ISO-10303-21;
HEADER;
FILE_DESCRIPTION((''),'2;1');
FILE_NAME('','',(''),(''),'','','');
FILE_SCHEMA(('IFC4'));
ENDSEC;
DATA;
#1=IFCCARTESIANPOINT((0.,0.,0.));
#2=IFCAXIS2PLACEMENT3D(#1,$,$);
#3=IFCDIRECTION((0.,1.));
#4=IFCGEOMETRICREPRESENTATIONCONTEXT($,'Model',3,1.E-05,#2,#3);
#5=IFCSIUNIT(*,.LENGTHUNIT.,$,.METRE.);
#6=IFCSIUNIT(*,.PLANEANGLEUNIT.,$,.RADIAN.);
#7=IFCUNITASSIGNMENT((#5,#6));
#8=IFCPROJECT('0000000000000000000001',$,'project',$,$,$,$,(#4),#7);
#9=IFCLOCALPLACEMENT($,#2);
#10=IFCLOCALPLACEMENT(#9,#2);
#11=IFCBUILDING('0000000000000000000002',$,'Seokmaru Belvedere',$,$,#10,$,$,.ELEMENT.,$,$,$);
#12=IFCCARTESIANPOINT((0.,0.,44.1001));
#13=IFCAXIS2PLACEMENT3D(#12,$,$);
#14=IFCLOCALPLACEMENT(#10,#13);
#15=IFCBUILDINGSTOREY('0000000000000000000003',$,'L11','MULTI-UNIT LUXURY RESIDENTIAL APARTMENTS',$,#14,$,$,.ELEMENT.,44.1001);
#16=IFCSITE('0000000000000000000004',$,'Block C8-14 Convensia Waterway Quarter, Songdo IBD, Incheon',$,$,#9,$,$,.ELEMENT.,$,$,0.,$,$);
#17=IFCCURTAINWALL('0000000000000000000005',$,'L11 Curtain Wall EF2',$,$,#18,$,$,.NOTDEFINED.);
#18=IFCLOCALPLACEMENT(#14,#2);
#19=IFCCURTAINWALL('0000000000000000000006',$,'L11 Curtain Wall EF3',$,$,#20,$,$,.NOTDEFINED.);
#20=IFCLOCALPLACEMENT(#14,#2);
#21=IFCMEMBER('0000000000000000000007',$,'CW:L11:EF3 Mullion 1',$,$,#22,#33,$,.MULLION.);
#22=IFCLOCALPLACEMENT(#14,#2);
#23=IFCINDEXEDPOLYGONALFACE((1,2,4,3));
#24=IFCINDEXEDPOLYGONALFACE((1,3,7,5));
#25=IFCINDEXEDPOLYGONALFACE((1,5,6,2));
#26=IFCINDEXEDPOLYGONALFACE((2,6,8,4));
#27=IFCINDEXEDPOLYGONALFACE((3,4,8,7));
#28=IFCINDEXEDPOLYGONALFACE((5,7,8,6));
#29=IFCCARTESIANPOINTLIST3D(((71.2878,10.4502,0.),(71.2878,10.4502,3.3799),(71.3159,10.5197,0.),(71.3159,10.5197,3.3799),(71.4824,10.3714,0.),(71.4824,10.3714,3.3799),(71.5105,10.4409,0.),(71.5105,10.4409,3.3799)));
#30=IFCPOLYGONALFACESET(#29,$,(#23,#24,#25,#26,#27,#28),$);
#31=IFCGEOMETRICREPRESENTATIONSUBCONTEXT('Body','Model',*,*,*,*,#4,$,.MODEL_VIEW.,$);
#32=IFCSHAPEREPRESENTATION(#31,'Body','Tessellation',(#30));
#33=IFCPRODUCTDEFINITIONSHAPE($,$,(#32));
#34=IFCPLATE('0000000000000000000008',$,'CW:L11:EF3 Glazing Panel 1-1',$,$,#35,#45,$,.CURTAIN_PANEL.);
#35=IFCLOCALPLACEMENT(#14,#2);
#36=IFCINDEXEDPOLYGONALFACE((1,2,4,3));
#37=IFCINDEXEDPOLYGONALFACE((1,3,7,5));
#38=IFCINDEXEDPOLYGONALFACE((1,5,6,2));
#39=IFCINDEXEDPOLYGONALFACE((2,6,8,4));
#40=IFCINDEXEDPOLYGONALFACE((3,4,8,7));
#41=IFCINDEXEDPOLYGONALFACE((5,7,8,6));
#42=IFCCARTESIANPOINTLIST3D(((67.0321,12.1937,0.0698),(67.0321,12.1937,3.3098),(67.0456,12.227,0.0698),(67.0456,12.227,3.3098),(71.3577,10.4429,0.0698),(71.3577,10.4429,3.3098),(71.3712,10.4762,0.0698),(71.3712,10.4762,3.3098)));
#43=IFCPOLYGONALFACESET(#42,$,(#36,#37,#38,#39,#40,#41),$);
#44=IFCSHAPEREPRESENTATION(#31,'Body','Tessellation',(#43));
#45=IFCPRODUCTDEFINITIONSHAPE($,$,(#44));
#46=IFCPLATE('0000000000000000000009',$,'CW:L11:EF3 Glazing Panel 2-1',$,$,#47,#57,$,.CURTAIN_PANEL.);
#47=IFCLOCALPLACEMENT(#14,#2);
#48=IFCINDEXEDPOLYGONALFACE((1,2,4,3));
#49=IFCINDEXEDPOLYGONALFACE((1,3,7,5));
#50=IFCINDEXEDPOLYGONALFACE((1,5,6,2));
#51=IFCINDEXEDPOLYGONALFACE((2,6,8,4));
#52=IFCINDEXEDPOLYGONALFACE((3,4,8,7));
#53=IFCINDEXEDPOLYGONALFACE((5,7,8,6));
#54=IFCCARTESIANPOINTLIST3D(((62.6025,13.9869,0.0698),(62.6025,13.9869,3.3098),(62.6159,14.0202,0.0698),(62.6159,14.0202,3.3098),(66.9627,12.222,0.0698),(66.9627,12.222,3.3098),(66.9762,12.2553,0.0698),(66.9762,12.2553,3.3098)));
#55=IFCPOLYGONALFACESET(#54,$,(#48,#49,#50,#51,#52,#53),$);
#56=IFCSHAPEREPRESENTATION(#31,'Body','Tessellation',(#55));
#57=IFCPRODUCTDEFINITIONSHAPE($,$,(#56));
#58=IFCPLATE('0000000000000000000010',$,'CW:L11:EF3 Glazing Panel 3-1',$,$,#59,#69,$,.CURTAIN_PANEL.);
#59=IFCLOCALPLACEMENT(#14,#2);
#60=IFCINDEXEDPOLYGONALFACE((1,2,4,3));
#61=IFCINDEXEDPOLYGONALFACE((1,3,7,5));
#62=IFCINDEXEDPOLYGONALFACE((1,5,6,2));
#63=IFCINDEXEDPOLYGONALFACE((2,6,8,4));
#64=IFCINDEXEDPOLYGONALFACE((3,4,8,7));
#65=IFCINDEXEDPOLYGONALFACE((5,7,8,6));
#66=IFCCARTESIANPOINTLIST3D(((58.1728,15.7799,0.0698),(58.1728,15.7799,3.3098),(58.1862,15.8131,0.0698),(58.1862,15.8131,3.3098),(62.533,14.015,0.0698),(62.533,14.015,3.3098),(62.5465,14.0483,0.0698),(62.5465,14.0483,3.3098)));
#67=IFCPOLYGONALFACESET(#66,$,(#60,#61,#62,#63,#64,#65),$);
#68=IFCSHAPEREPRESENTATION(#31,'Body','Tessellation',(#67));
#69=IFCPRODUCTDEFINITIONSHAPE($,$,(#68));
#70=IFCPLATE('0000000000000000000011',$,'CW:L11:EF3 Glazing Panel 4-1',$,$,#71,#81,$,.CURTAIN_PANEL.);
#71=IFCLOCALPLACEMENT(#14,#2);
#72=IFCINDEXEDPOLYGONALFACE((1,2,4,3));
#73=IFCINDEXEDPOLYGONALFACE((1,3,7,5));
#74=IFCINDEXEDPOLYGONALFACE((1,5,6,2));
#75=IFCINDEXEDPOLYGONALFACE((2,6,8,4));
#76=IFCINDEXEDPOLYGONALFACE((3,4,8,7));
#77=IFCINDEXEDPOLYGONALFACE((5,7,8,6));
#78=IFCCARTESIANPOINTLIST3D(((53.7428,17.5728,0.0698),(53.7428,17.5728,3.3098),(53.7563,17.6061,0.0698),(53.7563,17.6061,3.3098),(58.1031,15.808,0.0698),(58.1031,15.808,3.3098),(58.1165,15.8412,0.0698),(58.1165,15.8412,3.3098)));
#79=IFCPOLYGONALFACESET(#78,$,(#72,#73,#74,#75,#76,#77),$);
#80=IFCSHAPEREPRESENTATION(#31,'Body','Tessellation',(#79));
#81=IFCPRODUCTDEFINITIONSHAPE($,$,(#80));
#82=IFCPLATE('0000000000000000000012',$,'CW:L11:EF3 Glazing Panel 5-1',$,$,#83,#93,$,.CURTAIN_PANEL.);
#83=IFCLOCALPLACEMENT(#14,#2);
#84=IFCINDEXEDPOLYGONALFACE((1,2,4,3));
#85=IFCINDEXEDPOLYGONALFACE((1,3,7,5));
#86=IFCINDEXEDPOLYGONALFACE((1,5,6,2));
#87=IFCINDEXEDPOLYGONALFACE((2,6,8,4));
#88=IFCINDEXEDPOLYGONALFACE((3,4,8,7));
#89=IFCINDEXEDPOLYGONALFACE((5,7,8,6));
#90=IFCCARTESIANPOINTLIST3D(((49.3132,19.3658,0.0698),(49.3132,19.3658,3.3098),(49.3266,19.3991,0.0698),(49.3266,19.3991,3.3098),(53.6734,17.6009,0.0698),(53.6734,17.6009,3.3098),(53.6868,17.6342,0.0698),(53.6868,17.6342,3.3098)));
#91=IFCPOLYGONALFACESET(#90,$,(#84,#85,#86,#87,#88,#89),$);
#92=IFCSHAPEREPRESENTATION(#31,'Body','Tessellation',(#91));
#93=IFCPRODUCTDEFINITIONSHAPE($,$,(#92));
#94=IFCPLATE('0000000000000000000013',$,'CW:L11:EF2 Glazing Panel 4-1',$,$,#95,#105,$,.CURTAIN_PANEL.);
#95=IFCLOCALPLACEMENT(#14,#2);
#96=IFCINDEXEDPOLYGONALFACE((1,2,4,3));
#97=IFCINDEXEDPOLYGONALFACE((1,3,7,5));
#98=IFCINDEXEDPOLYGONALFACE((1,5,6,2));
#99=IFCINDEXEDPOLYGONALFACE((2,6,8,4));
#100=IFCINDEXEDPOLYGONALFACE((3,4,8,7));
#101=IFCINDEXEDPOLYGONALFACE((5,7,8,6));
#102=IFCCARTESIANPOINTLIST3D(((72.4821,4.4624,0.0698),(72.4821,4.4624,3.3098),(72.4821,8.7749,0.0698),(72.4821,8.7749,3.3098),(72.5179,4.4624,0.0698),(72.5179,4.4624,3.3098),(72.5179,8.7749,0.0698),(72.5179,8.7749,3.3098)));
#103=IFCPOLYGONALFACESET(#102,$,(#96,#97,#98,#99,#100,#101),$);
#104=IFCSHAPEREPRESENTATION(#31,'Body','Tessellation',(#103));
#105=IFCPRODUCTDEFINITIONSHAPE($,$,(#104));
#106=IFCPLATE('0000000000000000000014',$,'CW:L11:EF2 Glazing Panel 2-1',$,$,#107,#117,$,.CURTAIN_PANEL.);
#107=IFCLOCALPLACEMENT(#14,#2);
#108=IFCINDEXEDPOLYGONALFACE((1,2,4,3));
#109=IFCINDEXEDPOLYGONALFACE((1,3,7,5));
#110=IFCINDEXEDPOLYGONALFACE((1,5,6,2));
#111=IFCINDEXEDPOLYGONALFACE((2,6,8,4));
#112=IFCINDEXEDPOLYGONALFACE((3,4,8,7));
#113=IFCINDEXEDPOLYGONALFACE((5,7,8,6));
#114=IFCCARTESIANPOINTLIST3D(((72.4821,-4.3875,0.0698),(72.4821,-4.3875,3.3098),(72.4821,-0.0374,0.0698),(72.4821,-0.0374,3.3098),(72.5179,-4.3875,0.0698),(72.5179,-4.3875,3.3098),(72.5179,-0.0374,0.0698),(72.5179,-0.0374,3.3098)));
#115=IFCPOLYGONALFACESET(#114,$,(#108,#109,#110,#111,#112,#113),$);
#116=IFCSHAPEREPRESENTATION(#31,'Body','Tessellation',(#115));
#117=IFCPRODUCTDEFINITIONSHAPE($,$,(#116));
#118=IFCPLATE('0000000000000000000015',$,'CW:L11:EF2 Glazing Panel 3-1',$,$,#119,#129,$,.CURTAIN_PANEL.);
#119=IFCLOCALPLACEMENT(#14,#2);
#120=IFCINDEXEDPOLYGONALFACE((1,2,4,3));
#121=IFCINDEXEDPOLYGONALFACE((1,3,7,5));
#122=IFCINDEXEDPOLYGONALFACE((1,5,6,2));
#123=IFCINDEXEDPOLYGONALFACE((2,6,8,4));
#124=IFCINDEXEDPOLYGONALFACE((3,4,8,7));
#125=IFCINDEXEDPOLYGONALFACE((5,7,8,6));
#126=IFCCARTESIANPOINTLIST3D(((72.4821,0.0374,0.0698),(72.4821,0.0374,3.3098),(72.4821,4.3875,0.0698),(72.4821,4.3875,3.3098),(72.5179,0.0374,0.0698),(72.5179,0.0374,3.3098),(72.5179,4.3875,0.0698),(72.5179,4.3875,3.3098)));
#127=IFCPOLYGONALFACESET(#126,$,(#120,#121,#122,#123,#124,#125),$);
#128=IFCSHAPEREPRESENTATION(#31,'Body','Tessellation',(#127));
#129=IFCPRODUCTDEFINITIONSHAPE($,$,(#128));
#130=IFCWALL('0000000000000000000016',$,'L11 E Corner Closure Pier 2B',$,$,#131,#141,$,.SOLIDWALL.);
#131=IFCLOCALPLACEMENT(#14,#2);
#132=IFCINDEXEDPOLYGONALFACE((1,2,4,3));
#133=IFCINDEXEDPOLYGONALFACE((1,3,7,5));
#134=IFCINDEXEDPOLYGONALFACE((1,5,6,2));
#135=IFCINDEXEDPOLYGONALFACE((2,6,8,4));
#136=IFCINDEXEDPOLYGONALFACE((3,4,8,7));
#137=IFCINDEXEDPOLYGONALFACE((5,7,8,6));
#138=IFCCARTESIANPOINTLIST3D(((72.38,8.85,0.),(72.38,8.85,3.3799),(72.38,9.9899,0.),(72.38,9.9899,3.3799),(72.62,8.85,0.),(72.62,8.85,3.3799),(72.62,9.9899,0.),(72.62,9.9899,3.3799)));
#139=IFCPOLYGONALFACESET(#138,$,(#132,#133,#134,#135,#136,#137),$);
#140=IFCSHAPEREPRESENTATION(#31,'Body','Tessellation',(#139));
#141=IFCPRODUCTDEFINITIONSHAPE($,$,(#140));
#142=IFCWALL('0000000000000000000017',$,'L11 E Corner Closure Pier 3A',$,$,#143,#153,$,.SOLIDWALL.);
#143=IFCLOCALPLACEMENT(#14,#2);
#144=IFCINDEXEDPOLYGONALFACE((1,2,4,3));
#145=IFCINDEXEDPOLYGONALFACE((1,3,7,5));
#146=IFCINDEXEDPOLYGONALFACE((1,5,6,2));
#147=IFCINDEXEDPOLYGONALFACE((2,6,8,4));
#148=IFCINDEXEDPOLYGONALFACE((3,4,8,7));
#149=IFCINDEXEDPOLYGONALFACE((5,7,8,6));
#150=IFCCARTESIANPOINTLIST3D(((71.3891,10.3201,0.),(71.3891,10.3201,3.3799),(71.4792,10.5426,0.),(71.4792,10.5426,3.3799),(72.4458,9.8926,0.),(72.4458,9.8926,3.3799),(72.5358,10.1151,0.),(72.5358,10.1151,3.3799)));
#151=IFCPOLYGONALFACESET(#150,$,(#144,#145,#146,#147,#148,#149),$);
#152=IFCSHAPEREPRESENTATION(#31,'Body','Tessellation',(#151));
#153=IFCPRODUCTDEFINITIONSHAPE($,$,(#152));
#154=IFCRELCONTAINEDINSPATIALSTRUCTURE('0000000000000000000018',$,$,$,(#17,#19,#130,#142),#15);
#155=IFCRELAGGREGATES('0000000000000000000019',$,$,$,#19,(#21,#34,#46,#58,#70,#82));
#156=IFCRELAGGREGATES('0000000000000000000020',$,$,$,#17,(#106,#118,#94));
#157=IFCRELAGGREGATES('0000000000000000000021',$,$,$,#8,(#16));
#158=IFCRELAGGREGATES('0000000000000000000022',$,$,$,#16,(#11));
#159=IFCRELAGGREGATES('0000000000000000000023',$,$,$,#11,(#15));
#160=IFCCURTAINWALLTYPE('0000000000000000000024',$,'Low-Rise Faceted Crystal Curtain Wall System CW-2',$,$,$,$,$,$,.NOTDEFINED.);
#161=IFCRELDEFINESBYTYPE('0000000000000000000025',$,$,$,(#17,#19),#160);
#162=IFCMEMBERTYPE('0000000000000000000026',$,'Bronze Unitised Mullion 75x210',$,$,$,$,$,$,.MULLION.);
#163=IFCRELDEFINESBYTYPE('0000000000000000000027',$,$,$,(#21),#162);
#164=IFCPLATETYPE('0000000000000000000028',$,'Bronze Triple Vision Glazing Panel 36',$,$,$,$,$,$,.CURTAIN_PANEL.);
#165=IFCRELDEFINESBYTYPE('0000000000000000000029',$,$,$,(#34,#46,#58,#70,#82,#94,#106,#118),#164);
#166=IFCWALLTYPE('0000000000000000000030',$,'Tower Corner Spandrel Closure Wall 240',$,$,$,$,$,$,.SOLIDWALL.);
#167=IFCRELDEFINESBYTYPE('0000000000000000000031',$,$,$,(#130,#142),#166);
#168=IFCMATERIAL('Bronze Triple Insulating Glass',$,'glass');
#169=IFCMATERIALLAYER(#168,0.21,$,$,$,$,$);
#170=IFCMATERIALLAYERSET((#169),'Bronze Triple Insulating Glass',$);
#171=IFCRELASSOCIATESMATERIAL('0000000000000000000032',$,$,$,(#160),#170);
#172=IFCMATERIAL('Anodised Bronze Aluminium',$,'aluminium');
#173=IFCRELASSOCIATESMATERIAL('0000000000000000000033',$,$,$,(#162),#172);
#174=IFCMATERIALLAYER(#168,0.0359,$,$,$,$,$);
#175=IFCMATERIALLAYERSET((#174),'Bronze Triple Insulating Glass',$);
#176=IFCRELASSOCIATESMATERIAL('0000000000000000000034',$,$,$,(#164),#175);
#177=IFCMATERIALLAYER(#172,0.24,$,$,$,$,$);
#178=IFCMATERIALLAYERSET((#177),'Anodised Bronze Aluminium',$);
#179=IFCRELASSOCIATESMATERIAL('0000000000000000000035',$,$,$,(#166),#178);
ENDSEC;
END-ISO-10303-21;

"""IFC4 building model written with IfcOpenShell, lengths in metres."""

from ifc_helpers import new_model, si_unit, direction, frame, frame_2d, origin, origin_2d, place, context, subcontext, project, spatial, rectangle, extrude, source, transform, mapped, material, layer, layer_set, material_profile, profile_set, type_object, type_shapes, element, aggregate, save


model = new_model("IFC4")

# Units and contexts
model_context = context("Model", 3, precision=1e-05, world=origin(), true_north=direction((0.0, 1.0)))
body_context = subcontext(model_context, "Body", "Model", "MODEL_VIEW")
ifc_project = project(units=[si_unit("LENGTHUNIT", "METRE"), si_unit("PLANEANGLEUNIT", "RADIAN")], contexts=[model_context])

# Site, building, storey
site_placement = place(None, origin())
site = spatial("IfcSite", under=ifc_project, at=site_placement, Name="Block C8-14 Convensia Waterway Quarter, Songdo IBD, Incheon", CompositionType="ELEMENT", RefElevation=0.0)
building_placement = place(site_placement, origin())
building = spatial("IfcBuilding", under=site, at=building_placement, Name="Seokmaru Belvedere", CompositionType="ELEMENT")
storey_placement = place(building_placement, frame((0.0, 0.0, 44.1001)))
storey = spatial("IfcBuildingStorey", under=building, at=storey_placement, Name="L11", Description="MULTI-UNIT LUXURY RESIDENTIAL APARTMENTS", CompositionType="ELEMENT", Elevation=44.1001)

# Curtain walls
ifc_material_1 = material(Name="Bronze Triple Insulating Glass", Category="glass")
ifc_layer_1 = layer(ifc_material_1, 0.21)
ifc_layer_set_1 = layer_set([ifc_layer_1], Name="Bronze Triple Insulating Glass")
curtain_wall_type = type_object("IfcCurtainWallType", Name="Low-Rise Faceted Crystal Curtain Wall System CW-2", PredefinedType="NOTDEFINED", material=ifc_layer_set_1)
curtain_wall_1_placement = place(storey_placement, origin())
curtain_wall_1 = element("IfcCurtainWall", 1, at=curtain_wall_1_placement, inside=storey, type_object=curtain_wall_type, Name="L11 Curtain Wall EF2", PredefinedType="NOTDEFINED")
ifc_material_2 = material(Name="Anodised Bronze Aluminium", Category="aluminium")
ifc_material_profile_1 = material_profile(ifc_material_2, rectangle(XDim=0.075, YDim=0.21, at=origin_2d()), Name="CW-M-75x210")
ifc_profile_set_1 = profile_set([ifc_material_profile_1], Name="Anodised Bronze Aluminium")
member_type_1 = type_object("IfcMemberType", Name="Bronze Unitised Mullion 75x210", PredefinedType="MULLION", material=ifc_profile_set_1)
curtain_wall_2_placement = place(storey_placement, origin())
curtain_wall_2 = element("IfcCurtainWall", 2, at=curtain_wall_2_placement, inside=storey, type_object=curtain_wall_type, Name="L11 Curtain Wall EF3", PredefinedType="NOTDEFINED")

# Member
shared_shape_1 = source(origin(), body_context, "Body", "SweptSolid", [
    extrude(rectangle(XDim=0.075, YDim=0.21, at=origin_2d()), origin(), (0.0, 0.0, 1.0), 3.3799),
])
member_1_placement = place(storey_placement, frame((71.3992, 10.4456, 0.0), z_axis=(0.0, 0.0, 1.0), x_axis=(-0.375192, -0.926947, 0.0)))
member_1 = element("IfcMember", 3, at=member_1_placement, type_object=member_type_1, Name="CW:L11:EF3 Mullion 1", PredefinedType="MULLION", context=body_context, shape_type="MappedRepresentation", body=[
    mapped(shared_shape_1, transform((0.0, 0.0, 0.0), scale=1.0)),
])

# Plates
ifc_layer_2 = layer(ifc_material_1, 0.0359)
ifc_layer_set_2 = layer_set([ifc_layer_2], Name="Bronze Triple Insulating Glass")
plate_type = type_object("IfcPlateType", Name="Bronze Triple Vision Glazing Panel 36", PredefinedType="CURTAIN_PANEL", material=ifc_layer_set_2)
shared_shape_2 = source(origin(), body_context, "Body", "SweptSolid", [
    extrude(rectangle(XDim=4.6665, YDim=0.0359, at=origin_2d()), origin(), (0.0, 0.0, 1.0), 3.24),
])
plate_1_placement = place(storey_placement, frame((69.2017, 11.335, 0.0698), z_axis=(0.0, 0.0, 1.0), x_axis=(-0.926947, 0.375192, 0.0)))
plate_1 = element("IfcPlate", 4, at=plate_1_placement, type_object=plate_type, Name="CW:L11:EF3 Glazing Panel 1-1", PredefinedType="CURTAIN_PANEL", context=body_context, shape_type="MappedRepresentation", body=[
    mapped(shared_shape_2, transform((0.0, 0.0, 0.0), scale=1.0)),
])
shared_shape_3 = source(origin(), body_context, "Body", "SweptSolid", [
    extrude(rectangle(XDim=4.7039, YDim=0.0359, at=origin_2d()), origin(), (0.0, 0.0, 1.0), 3.24),
])
plate_2_placement = place(storey_placement, frame((64.7893, 13.1211, 0.0698), z_axis=(0.0, 0.0, 1.0), x_axis=(-0.926947, 0.375192, 0.0)))
plate_2 = element("IfcPlate", 5, at=plate_2_placement, type_object=plate_type, Name="CW:L11:EF3 Glazing Panel 2-1", PredefinedType="CURTAIN_PANEL", context=body_context, shape_type="MappedRepresentation", body=[
    mapped(shared_shape_3, transform((0.0, 0.0, 0.0), scale=1.0)),
])
plate_3_placement = place(storey_placement, frame((60.3596, 14.9141, 0.0698), z_axis=(0.0, 0.0, 1.0), x_axis=(-0.926947, 0.375192, 0.0)))
plate_3 = element("IfcPlate", 6, at=plate_3_placement, type_object=plate_type, Name="CW:L11:EF3 Glazing Panel 3-1", PredefinedType="CURTAIN_PANEL", context=body_context, shape_type="MappedRepresentation", body=[
    mapped(shared_shape_3, transform((0.0, 0.0, 0.0), scale=1.0)),
])
plate_4_placement = place(storey_placement, frame((55.9297, 16.707, 0.0698), z_axis=(0.0, 0.0, 1.0), x_axis=(-0.926947, 0.375192, 0.0)))
plate_4 = element("IfcPlate", 7, at=plate_4_placement, type_object=plate_type, Name="CW:L11:EF3 Glazing Panel 4-1", PredefinedType="CURTAIN_PANEL", context=body_context, shape_type="MappedRepresentation", body=[
    mapped(shared_shape_3, transform((0.0, 0.0, 0.0), scale=1.0)),
])
plate_5_placement = place(storey_placement, frame((51.5, 18.5, 0.0698), z_axis=(0.0, 0.0, 1.0), x_axis=(-0.926947, 0.375192, 0.0)))
plate_5 = element("IfcPlate", 8, at=plate_5_placement, type_object=plate_type, Name="CW:L11:EF3 Glazing Panel 5-1", PredefinedType="CURTAIN_PANEL", context=body_context, shape_type="MappedRepresentation", body=[
    mapped(shared_shape_3, transform((0.0, 0.0, 0.0), scale=1.0)),
])
aggregate(curtain_wall_2, [member_1, plate_1, plate_2, plate_3, plate_4, plate_5])
shared_shape_4 = source(origin(), body_context, "Body", "SweptSolid", [
    extrude(rectangle(XDim=4.3125, YDim=0.0359, at=origin_2d()), origin(), (0.0, 0.0, 1.0), 3.24),
])
plate_6_placement = place(storey_placement, frame((72.5, 6.6187, 0.0698), z_axis=(0.0, 0.0, 1.0), x_axis=(0.0, 1.0, 0.0)))
plate_6 = element("IfcPlate", 9, at=plate_6_placement, type_object=plate_type, Name="CW:L11:EF2 Glazing Panel 4-1", PredefinedType="CURTAIN_PANEL", context=body_context, shape_type="MappedRepresentation", body=[
    mapped(shared_shape_4, transform((0.0, 0.0, 0.0), scale=1.0)),
])
shared_shape_5 = source(origin(), body_context, "Body", "SweptSolid", [
    extrude(rectangle(XDim=4.3501, YDim=0.0359, at=origin_2d()), origin(), (0.0, 0.0, 1.0), 3.24),
])
type_shapes(plate_type, [shared_shape_2, shared_shape_3, shared_shape_4, shared_shape_5])
plate_7_placement = place(storey_placement, frame((72.5, -2.2124, 0.0698), z_axis=(0.0, 0.0, 1.0), x_axis=(0.0, 1.0, 0.0)))
plate_7 = element("IfcPlate", 10, at=plate_7_placement, type_object=plate_type, Name="CW:L11:EF2 Glazing Panel 2-1", PredefinedType="CURTAIN_PANEL", context=body_context, shape_type="MappedRepresentation", body=[
    mapped(shared_shape_5, transform((0.0, 0.0, 0.0), scale=1.0)),
])
plate_8_placement = place(storey_placement, frame((72.5, 2.2124, 0.0698), z_axis=(0.0, 0.0, 1.0), x_axis=(0.0, 1.0, 0.0)))
plate_8 = element("IfcPlate", 11, at=plate_8_placement, type_object=plate_type, Name="CW:L11:EF2 Glazing Panel 3-1", PredefinedType="CURTAIN_PANEL", context=body_context, shape_type="MappedRepresentation", body=[
    mapped(shared_shape_5, transform((0.0, 0.0, 0.0), scale=1.0)),
])
aggregate(curtain_wall_1, [plate_7, plate_8, plate_6])

# Walls
ifc_layer_3 = layer(ifc_material_2, 0.24)
ifc_layer_set_3 = layer_set([ifc_layer_3], Name="Anodised Bronze Aluminium")
wall_type = type_object("IfcWallType", Name="Tower Corner Spandrel Closure Wall 240", PredefinedType="SOLIDWALL", material=ifc_layer_set_3)
for number, where, z_axis, x_axis, name in (
    (12, (72.5, 8.8501, 0.0), (0.0, 0.0, 1.0), (0.0, 1.0, 0.0), "L11 E Corner Closure Pier 2B"),
    (13, (72.4907, 10.0039, 0.0), (0.0, 0.0, 1.0), (-0.927007, 0.375044, 0.0), "L11 E Corner Closure Pier 3A"),
):
    element("IfcWall", number, at=place(storey_placement, frame(where, z_axis=z_axis, x_axis=x_axis)), inside=storey, type_object=wall_type, Name=name, PredefinedType="SOLIDWALL", context=body_context, shape_type="SweptSolid", body=[
        extrude(rectangle(XDim=1.1399, YDim=0.24, at=frame_2d((0.5698, 0.0))), origin(), (0.0, 0.0, 1.0), 3.3799),
    ])

save(model, "model.ifc")
